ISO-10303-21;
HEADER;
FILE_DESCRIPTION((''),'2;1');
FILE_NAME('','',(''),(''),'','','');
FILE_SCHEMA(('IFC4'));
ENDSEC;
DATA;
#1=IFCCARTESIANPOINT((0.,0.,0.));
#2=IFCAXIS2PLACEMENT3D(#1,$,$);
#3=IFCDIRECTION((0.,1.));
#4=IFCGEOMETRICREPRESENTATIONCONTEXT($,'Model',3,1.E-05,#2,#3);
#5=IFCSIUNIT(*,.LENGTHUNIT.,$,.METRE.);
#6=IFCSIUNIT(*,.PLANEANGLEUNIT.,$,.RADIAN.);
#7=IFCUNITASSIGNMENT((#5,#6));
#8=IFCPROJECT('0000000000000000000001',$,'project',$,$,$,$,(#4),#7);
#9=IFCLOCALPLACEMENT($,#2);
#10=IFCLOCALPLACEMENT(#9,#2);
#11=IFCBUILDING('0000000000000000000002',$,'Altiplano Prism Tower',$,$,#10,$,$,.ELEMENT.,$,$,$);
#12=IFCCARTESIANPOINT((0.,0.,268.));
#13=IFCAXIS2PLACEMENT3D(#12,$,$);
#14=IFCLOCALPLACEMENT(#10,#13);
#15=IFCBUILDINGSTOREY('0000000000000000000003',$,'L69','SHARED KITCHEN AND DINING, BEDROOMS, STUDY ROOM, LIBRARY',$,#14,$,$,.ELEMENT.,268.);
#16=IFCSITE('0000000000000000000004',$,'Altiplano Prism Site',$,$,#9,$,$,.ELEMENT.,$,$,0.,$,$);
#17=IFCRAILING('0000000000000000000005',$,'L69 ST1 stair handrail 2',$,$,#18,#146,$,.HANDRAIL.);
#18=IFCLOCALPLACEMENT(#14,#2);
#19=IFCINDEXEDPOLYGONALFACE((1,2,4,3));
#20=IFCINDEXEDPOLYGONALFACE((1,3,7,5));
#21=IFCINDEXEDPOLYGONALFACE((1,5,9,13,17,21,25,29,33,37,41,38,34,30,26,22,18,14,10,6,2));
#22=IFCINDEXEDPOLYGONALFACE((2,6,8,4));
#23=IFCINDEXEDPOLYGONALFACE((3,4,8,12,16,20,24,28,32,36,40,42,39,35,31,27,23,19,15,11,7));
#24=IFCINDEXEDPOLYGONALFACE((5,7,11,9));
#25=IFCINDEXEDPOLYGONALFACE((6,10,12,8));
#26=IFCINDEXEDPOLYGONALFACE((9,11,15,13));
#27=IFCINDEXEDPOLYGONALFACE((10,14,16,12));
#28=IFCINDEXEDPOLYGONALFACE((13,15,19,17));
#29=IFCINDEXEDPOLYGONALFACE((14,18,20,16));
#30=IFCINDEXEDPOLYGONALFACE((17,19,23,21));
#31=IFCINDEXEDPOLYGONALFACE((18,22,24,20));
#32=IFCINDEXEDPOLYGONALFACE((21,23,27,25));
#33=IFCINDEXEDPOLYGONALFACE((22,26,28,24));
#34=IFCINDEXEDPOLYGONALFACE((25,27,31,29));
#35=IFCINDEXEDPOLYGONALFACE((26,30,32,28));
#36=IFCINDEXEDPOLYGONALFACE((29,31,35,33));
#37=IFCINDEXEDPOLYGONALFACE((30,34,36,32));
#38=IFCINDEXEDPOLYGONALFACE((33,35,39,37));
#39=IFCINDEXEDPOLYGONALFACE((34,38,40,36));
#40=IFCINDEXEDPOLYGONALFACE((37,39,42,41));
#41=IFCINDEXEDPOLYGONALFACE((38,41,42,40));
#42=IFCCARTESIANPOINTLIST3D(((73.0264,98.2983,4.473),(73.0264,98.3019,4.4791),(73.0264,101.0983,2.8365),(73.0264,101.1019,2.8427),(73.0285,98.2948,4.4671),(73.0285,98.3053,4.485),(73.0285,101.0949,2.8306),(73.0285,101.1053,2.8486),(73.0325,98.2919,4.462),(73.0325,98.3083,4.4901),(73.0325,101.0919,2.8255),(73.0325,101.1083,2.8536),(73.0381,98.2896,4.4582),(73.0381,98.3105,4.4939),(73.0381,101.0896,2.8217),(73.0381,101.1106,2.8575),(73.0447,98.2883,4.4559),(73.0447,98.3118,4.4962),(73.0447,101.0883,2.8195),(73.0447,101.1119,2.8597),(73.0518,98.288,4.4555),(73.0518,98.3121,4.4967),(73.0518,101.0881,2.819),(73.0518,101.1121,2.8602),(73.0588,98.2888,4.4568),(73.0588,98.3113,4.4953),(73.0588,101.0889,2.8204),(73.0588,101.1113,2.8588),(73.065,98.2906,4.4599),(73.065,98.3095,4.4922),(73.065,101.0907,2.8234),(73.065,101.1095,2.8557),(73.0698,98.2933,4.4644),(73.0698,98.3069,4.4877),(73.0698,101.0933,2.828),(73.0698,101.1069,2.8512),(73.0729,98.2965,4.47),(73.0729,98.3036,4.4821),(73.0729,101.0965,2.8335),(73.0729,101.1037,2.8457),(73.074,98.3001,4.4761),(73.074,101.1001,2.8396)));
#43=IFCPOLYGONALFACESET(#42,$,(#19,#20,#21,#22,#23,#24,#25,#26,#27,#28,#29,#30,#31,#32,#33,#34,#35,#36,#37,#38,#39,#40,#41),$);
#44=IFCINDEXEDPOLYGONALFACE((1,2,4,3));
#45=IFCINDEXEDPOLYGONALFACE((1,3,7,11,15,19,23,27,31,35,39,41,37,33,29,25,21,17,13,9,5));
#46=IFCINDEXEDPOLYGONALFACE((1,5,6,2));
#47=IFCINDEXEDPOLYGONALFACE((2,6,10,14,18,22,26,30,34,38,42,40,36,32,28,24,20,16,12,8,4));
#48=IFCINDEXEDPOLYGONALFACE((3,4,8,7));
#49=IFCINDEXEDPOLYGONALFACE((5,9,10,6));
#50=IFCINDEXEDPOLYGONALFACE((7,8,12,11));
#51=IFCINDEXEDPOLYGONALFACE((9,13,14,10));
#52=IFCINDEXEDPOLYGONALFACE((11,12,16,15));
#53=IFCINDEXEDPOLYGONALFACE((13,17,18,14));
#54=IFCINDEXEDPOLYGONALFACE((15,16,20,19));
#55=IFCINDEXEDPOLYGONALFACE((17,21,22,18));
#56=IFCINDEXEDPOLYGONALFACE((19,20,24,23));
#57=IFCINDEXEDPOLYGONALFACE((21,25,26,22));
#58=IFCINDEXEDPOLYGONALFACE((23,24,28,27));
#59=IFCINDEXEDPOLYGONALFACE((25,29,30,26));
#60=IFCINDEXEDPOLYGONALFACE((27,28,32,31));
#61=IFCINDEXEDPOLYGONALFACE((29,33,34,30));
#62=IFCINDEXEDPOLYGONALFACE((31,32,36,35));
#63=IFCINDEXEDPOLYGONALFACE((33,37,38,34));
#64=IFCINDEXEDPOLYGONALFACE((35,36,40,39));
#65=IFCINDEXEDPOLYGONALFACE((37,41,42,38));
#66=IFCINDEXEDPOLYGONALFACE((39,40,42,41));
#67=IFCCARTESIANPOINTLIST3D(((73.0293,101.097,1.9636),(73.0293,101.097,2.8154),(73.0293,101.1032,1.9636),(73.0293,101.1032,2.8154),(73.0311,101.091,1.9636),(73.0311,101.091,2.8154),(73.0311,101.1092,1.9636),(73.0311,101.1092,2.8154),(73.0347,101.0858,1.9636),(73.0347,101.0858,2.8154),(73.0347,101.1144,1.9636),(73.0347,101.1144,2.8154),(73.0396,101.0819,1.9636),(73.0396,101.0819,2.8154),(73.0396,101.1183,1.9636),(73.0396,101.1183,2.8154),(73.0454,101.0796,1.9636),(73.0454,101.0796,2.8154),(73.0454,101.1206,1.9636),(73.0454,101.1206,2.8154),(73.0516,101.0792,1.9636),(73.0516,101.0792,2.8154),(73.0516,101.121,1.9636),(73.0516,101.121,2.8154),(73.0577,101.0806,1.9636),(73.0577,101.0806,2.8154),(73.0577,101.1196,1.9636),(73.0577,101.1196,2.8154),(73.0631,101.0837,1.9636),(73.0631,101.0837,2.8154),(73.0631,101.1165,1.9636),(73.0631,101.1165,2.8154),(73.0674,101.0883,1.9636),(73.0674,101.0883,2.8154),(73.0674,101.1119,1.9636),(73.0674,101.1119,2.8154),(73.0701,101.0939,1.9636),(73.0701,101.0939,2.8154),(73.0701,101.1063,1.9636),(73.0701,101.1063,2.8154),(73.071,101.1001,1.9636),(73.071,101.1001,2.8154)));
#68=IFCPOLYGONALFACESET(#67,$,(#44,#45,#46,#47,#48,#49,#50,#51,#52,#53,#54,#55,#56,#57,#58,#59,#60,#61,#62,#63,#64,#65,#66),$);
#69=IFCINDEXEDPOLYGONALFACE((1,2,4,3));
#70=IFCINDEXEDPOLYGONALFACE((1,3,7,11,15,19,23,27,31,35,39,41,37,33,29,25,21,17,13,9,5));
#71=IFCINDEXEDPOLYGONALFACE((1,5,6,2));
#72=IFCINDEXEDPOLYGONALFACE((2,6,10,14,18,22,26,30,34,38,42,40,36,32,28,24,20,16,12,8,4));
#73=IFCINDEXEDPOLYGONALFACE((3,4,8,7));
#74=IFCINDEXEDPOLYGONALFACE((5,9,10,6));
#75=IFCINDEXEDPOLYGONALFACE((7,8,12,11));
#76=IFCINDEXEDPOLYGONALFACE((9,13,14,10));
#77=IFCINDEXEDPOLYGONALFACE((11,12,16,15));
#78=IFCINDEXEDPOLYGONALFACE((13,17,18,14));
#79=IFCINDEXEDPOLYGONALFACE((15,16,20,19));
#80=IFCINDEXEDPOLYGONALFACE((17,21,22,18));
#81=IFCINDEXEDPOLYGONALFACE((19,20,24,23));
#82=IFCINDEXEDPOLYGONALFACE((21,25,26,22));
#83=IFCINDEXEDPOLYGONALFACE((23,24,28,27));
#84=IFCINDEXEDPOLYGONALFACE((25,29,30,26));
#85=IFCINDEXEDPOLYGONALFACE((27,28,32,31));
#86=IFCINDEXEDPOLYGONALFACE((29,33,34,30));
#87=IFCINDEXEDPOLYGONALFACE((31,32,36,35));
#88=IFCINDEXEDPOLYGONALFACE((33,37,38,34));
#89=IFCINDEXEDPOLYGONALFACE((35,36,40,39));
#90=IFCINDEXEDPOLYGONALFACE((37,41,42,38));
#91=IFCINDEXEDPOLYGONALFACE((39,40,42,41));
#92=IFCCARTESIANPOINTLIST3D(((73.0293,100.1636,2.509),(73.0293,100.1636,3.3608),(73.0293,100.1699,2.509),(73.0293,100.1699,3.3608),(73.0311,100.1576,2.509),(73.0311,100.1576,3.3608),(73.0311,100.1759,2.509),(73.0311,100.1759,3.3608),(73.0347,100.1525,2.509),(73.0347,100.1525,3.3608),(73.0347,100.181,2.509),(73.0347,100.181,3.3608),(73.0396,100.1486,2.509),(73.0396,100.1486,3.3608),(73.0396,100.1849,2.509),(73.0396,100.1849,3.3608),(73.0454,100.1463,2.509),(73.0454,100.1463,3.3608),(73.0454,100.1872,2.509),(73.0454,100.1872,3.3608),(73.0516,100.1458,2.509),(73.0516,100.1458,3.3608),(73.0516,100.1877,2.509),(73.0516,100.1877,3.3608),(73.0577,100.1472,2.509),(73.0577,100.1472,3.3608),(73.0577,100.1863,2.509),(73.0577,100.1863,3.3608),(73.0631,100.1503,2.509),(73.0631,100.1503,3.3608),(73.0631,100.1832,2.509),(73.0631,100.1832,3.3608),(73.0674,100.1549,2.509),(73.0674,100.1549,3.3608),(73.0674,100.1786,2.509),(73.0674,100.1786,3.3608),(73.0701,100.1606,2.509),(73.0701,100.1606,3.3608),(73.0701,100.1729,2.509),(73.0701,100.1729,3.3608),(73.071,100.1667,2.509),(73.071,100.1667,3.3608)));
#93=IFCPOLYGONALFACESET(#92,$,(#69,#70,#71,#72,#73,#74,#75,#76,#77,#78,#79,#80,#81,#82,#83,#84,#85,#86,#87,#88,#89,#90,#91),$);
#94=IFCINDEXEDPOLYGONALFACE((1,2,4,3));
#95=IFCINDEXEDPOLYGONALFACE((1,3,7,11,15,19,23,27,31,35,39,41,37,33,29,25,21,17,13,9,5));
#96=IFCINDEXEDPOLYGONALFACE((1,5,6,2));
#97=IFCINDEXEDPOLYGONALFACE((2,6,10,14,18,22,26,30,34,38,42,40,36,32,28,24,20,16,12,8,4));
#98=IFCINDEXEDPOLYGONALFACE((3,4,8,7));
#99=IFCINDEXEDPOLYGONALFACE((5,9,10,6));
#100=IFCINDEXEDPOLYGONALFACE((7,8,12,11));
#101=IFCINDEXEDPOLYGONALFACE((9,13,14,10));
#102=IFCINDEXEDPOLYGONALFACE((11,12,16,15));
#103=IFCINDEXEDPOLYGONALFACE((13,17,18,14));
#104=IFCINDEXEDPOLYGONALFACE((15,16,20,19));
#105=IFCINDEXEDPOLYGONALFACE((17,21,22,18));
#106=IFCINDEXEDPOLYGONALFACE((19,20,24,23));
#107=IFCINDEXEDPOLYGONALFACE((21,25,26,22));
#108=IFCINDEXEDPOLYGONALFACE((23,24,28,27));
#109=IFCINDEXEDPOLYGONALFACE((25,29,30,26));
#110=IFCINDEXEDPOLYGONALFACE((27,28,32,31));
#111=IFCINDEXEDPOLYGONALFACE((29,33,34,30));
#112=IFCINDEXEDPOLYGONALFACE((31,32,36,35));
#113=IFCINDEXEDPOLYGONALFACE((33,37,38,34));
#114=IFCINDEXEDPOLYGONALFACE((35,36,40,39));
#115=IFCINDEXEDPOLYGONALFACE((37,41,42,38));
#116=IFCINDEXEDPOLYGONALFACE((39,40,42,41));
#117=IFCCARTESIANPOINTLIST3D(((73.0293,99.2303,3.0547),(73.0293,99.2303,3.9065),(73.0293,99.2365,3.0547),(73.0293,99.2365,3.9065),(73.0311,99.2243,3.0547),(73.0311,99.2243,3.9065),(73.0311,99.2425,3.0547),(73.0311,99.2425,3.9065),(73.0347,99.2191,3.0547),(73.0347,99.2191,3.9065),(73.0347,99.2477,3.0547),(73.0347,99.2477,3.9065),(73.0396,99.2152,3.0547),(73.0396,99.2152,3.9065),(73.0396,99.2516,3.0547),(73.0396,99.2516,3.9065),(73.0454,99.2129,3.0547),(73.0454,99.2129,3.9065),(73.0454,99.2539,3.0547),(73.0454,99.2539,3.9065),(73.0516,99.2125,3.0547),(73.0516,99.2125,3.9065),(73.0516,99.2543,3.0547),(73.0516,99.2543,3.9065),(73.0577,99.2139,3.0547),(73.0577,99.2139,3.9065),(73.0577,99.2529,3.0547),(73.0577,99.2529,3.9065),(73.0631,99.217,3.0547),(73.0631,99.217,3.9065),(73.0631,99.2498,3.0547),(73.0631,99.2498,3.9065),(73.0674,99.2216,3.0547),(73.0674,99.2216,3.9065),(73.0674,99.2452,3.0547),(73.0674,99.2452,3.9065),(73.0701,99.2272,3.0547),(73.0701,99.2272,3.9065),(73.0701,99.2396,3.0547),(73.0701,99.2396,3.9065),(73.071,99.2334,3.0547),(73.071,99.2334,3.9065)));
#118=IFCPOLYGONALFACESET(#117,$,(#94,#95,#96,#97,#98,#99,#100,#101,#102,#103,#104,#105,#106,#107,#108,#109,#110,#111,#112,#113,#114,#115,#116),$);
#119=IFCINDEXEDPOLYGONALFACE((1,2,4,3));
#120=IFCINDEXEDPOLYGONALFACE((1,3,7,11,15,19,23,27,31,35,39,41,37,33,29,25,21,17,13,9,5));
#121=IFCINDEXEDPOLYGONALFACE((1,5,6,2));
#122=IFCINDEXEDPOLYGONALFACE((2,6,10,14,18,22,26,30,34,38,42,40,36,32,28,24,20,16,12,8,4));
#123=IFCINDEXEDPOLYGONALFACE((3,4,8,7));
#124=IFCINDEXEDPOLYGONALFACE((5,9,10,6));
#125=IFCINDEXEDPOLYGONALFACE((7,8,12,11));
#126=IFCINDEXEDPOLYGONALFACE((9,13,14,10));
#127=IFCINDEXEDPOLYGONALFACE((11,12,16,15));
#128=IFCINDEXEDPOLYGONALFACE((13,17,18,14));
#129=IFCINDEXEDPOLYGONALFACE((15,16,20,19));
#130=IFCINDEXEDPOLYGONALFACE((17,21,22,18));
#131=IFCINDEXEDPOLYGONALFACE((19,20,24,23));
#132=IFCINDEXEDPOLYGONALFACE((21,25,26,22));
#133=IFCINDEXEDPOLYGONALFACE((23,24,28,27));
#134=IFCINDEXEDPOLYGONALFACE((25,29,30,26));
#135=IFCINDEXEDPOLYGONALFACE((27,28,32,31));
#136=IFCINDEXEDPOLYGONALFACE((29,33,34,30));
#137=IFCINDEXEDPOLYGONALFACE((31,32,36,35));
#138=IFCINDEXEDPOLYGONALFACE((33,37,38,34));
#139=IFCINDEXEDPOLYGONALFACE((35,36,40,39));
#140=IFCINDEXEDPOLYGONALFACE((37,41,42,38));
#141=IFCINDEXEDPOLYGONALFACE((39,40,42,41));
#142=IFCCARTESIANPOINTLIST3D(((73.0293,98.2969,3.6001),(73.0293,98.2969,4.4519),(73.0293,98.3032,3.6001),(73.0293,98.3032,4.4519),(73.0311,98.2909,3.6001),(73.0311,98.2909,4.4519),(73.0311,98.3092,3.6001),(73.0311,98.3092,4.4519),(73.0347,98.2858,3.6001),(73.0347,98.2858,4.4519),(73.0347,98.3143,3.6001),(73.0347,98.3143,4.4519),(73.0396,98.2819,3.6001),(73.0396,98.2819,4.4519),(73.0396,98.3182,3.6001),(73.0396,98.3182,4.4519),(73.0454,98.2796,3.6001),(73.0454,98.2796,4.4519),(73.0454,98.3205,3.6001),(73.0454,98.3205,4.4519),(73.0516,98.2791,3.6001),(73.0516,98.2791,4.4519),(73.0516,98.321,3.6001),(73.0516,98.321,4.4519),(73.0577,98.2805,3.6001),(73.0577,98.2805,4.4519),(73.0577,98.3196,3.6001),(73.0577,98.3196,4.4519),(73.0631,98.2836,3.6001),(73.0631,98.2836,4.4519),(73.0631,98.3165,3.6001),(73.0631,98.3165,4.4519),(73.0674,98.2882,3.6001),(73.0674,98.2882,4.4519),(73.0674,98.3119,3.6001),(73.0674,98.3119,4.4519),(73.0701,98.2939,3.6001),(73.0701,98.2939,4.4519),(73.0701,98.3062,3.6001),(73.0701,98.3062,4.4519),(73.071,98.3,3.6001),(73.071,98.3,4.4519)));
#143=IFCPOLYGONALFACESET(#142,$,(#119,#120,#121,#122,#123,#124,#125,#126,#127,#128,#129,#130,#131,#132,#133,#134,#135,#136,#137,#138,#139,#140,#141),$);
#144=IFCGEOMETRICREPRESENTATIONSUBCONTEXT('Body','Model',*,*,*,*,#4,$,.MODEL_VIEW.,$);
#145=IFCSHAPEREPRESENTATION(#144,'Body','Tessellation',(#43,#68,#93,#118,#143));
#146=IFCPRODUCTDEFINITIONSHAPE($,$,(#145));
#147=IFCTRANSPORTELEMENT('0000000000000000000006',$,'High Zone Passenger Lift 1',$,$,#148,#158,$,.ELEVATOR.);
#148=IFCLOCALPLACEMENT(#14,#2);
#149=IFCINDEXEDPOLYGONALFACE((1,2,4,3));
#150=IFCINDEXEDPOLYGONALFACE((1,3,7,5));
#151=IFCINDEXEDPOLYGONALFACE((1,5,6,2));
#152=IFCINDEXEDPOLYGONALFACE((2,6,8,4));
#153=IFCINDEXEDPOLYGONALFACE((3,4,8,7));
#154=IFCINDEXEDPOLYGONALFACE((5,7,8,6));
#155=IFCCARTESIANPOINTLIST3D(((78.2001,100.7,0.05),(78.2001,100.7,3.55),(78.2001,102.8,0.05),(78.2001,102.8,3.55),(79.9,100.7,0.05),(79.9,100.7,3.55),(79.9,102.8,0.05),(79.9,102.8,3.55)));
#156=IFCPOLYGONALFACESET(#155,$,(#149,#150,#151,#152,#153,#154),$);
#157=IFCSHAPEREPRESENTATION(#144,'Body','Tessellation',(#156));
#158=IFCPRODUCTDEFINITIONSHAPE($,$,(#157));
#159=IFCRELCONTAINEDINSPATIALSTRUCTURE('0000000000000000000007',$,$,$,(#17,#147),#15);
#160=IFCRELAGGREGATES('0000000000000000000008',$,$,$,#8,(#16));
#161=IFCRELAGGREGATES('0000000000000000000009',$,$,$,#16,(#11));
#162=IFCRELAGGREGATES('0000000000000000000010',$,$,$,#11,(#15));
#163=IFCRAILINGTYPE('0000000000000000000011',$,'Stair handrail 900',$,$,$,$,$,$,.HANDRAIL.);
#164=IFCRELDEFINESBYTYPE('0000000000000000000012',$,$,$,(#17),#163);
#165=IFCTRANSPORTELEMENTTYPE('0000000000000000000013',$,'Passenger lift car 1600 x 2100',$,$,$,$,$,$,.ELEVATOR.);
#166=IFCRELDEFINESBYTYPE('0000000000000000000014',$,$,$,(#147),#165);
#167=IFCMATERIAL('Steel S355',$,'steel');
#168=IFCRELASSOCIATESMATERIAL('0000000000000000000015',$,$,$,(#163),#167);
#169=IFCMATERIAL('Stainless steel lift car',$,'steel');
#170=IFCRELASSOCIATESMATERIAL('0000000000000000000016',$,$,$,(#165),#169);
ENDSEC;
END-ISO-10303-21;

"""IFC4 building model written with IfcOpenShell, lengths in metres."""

from ifc_helpers import new_model, si_unit, direction, frame, origin, origin_2d, place, context, subcontext, project, spatial, rectangle, circle, extrude, material, type_object, element, save


model = new_model("IFC4")

# Units and contexts
model_context = context("Model", 3, precision=1e-05, world=origin(), true_north=direction((0.0, 1.0)))
body_context = subcontext(model_context, "Body", "Model", "MODEL_VIEW")
ifc_project = project(units=[si_unit("LENGTHUNIT", "METRE"), si_unit("PLANEANGLEUNIT", "RADIAN")], contexts=[model_context])

# Site, building, storey
site_placement = place(None, origin())
site = spatial("IfcSite", under=ifc_project, at=site_placement, Name="Altiplano Prism Site", CompositionType="ELEMENT", RefElevation=0.0)
building_placement = place(site_placement, origin())
building = spatial("IfcBuilding", under=site, at=building_placement, Name="Altiplano Prism Tower", CompositionType="ELEMENT")
storey_placement = place(building_placement, frame((0.0, 0.0, 268.0)))
storey = spatial("IfcBuildingStorey", under=building, at=storey_placement, Name="L69", Description="SHARED KITCHEN AND DINING, BEDROOMS, STUDY ROOM, LIBRARY", CompositionType="ELEMENT", Elevation=268.0)

# Railing
ifc_material_1 = material(Name="Steel S355", Category="steel")
railing_type_1 = type_object("IfcRailingType", Name="Stair handrail 900", PredefinedType="HANDRAIL", material=ifc_material_1)
railing_1_placement = place(storey_placement, frame((73.05, 101.1001, 1.9636)))
element("IfcRailing", 1, at=railing_1_placement, inside=storey, type_object=railing_type_1, Name="L69 ST1 stair handrail 2", PredefinedType="HANDRAIL", context=body_context, shape_type="SweptSolid", body=[
    extrude(circle(Radius=0.0239, at=origin_2d()), frame((0.0, 0.0, 0.876), z_axis=(0.0, -0.863361, 0.504587), x_axis=(1.0, 0.0, 0.0)), (0.0, 0.0, 1.0), 3.2432),
    extrude(circle(Radius=0.021, at=origin_2d()), origin(), (0.0, 0.0, 1.0), 0.8518),
    extrude(circle(Radius=0.021, at=origin_2d()), frame((0.0, -0.9333, 0.5454)), (0.0, 0.0, 1.0), 0.8518),
    extrude(circle(Radius=0.021, at=origin_2d()), frame((0.0, -1.8667, 1.0911)), (0.0, 0.0, 1.0), 0.8518),
    extrude(circle(Radius=0.021, at=origin_2d()), frame((0.0, -2.8, 1.6365)), (0.0, 0.0, 1.0), 0.8518),
])

# Transport element
ifc_material_2 = material(Name="Stainless steel lift car", Category="steel")
transport_element_type = type_object("IfcTransportElementType", Name="Passenger lift car 1600 x 2100", PredefinedType="ELEVATOR", material=ifc_material_2)
transport_element_placement = place(storey_placement, frame((79.05, 101.75, 0.05), z_axis=(0.0, 0.0, 1.0), x_axis=(1.0, 0.0, 0.0)))
element("IfcTransportElement", 2, at=transport_element_placement, inside=storey, type_object=transport_element_type, Name="High Zone Passenger Lift 1", PredefinedType="ELEVATOR", context=body_context, shape_type="SweptSolid", body=[
    extrude(rectangle(XDim=1.7, YDim=2.1001, at=origin_2d()), origin(), (0.0, 0.0, 1.0), 3.5),
])

save(model, "model.ifc")
